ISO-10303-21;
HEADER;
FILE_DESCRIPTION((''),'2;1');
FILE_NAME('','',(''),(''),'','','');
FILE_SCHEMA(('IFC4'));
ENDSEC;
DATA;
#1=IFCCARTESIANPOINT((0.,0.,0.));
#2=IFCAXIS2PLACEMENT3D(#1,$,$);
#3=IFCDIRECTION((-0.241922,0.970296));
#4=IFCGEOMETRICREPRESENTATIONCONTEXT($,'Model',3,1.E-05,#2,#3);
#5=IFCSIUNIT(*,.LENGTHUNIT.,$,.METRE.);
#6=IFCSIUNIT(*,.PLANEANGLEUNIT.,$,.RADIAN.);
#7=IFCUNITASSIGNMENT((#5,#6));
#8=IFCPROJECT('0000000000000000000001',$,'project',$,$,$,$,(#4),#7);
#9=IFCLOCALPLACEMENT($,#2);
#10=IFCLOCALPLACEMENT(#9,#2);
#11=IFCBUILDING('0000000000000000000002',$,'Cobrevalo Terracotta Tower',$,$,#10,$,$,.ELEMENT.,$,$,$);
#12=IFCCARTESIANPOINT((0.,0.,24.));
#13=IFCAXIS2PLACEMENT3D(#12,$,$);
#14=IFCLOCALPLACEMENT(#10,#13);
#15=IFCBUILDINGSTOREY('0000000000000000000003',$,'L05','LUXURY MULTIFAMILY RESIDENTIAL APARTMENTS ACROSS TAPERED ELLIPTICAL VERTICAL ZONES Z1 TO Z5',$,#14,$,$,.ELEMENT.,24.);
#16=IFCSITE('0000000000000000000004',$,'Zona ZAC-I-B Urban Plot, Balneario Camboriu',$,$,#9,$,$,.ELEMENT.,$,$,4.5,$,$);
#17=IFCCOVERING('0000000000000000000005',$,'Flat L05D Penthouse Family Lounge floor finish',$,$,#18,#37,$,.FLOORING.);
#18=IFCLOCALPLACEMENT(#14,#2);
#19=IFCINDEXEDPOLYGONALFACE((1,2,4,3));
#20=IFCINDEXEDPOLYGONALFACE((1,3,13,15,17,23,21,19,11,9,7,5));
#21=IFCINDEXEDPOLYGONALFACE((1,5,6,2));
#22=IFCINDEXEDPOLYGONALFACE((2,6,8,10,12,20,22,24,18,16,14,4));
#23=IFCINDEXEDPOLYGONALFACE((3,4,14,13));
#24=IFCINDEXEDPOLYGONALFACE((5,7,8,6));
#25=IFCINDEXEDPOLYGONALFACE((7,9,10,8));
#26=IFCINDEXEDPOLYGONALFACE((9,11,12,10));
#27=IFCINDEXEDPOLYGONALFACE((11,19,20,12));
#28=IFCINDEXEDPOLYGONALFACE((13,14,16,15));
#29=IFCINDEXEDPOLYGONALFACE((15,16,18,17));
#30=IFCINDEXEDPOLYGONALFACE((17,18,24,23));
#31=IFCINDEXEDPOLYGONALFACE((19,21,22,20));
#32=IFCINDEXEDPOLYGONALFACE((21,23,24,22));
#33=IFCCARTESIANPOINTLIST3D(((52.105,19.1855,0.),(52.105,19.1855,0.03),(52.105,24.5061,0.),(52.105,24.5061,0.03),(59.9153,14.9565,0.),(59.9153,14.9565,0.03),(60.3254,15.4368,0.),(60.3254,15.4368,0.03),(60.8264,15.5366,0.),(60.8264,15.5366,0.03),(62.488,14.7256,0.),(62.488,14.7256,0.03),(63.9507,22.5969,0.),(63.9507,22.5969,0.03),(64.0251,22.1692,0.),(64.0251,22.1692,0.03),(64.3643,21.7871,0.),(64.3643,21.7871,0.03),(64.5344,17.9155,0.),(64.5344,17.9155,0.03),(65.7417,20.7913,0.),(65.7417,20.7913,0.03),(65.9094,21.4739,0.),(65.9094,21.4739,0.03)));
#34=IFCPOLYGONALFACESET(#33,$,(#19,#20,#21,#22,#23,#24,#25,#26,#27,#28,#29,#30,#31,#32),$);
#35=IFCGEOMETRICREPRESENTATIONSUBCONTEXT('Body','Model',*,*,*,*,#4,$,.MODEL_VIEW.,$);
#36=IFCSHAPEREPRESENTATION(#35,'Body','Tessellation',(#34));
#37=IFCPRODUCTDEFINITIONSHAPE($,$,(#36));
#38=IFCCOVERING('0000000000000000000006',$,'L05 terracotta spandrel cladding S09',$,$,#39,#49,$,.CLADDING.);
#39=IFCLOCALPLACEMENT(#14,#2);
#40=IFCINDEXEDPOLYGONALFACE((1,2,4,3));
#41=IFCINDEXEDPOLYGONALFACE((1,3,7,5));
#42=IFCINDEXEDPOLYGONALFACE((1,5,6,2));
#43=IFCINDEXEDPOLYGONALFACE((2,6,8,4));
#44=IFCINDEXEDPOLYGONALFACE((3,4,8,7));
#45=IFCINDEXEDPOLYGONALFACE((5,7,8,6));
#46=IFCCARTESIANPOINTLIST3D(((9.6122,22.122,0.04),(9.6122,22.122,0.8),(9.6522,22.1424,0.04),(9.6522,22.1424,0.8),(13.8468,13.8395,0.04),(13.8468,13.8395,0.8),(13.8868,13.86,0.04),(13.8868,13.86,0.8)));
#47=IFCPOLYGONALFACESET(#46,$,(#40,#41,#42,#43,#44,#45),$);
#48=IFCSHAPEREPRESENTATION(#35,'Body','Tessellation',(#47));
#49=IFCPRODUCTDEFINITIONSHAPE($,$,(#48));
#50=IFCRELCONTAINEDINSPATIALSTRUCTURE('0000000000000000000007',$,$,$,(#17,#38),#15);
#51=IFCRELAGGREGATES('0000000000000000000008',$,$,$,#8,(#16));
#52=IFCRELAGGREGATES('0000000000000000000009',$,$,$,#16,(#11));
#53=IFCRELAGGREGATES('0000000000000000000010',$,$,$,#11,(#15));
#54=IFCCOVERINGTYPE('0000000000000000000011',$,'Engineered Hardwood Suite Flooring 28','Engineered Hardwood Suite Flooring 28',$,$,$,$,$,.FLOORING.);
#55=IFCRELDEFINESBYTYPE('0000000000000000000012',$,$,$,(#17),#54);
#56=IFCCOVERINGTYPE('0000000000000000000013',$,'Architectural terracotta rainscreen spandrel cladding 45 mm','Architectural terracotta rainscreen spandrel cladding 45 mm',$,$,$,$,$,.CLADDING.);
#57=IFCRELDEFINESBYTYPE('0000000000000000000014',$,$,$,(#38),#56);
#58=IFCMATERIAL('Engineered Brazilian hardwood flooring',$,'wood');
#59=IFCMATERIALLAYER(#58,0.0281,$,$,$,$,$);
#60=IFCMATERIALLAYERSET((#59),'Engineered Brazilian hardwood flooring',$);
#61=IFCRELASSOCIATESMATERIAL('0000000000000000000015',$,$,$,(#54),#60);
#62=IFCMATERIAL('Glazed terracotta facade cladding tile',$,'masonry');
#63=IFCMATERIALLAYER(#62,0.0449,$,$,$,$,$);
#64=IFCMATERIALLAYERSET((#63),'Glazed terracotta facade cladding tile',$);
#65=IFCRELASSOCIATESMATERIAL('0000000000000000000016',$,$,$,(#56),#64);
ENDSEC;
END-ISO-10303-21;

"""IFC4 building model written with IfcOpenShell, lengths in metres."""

from ifc_helpers import new_model, si_unit, direction, frame, origin, origin_2d, place, context, subcontext, project, spatial, polyline, rectangle, outline, extrude, source, transform, mapped, material, layer, layer_set, type_object, element, save


model = new_model("IFC4")

# Units and contexts
model_context = context("Model", 3, precision=1e-05, world=origin(), true_north=direction((-0.241922, 0.970296)))
body_context = subcontext(model_context, "Body", "Model", "MODEL_VIEW")
ifc_project = project(units=[si_unit("LENGTHUNIT", "METRE"), si_unit("PLANEANGLEUNIT", "RADIAN")], contexts=[model_context])

# Site, building, storey
site_placement = place(None, origin())
site = spatial("IfcSite", under=ifc_project, at=site_placement, Name="Zona ZAC-I-B Urban Plot, Balneario Camboriu", CompositionType="ELEMENT", RefElevation=4.5)
building_placement = place(site_placement, origin())
building = spatial("IfcBuilding", under=site, at=building_placement, Name="Cobrevalo Terracotta Tower", CompositionType="ELEMENT")
storey_placement = place(building_placement, frame((0.0, 0.0, 24.0)))
storey = spatial("IfcBuildingStorey", under=building, at=storey_placement, Name="L05", Description="LUXURY MULTIFAMILY RESIDENTIAL APARTMENTS ACROSS TAPERED ELLIPTICAL VERTICAL ZONES Z1 TO Z5", CompositionType="ELEMENT", Elevation=24.0)

# Covering
ifc_material_1 = material(Name="Engineered Brazilian hardwood flooring", Category="wood")
ifc_layer_1 = layer(ifc_material_1, 0.0281)
ifc_layer_set_1 = layer_set([ifc_layer_1], Name="Engineered Brazilian hardwood flooring")
covering_type_1 = type_object("IfcCoveringType", Name="Engineered Hardwood Suite Flooring 28", Description="Engineered Hardwood Suite Flooring 28", PredefinedType="FLOORING", material=ifc_layer_set_1)
covering_1_placement = place(storey_placement, origin())
element("IfcCovering", 1, at=covering_1_placement, inside=storey, type_object=covering_type_1, Name="Flat L05D Penthouse Family Lounge floor finish", PredefinedType="FLOORING", context=body_context, shape_type="SweptSolid", body=[
    extrude(outline(polyline([(62.488, 14.7256), (60.8264, 15.5366), (60.3254, 15.4368), (59.9153, 14.9565), (52.105, 19.1855), (52.105, 24.5061), (63.9507, 22.5969), (64.0251, 22.1692), (64.3643, 21.7871), (65.9094, 21.4739), (65.7417, 20.7913), (64.5344, 17.9155), (62.488, 14.7256)])), origin(), (0.0, 0.0, 1.0), 0.03),
])

# Covering
ifc_material_2 = material(Name="Glazed terracotta facade cladding tile", Category="masonry")
ifc_layer_2 = layer(ifc_material_2, 0.0449)
ifc_layer_set_2 = layer_set([ifc_layer_2], Name="Glazed terracotta facade cladding tile")
covering_type_2 = type_object("IfcCoveringType", Name="Architectural terracotta rainscreen spandrel cladding 45 mm", Description="Architectural terracotta rainscreen spandrel cladding 45 mm", PredefinedType="CLADDING", material=ifc_layer_set_2)
shared_shape_1 = source(origin(), body_context, "Body", "SweptSolid", [
    extrude(rectangle(XDim=9.3022, YDim=0.0449, at=origin_2d()), origin(), (0.0, 0.0, 1.0), 0.76),
])
covering_2_placement = place(storey_placement, frame((11.7495, 17.991, 0.04), z_axis=(0.0, 0.0, 1.0), x_axis=(0.455231, -0.890373, 0.0)))
element("IfcCovering", 2, at=covering_2_placement, inside=storey, type_object=covering_type_2, Name="L05 terracotta spandrel cladding S09", PredefinedType="CLADDING", context=body_context, shape_type="MappedRepresentation", body=[
    mapped(shared_shape_1, transform((0.0, 0.0, 0.0), scale=1.0)),
])

save(model, "model.ifc")
